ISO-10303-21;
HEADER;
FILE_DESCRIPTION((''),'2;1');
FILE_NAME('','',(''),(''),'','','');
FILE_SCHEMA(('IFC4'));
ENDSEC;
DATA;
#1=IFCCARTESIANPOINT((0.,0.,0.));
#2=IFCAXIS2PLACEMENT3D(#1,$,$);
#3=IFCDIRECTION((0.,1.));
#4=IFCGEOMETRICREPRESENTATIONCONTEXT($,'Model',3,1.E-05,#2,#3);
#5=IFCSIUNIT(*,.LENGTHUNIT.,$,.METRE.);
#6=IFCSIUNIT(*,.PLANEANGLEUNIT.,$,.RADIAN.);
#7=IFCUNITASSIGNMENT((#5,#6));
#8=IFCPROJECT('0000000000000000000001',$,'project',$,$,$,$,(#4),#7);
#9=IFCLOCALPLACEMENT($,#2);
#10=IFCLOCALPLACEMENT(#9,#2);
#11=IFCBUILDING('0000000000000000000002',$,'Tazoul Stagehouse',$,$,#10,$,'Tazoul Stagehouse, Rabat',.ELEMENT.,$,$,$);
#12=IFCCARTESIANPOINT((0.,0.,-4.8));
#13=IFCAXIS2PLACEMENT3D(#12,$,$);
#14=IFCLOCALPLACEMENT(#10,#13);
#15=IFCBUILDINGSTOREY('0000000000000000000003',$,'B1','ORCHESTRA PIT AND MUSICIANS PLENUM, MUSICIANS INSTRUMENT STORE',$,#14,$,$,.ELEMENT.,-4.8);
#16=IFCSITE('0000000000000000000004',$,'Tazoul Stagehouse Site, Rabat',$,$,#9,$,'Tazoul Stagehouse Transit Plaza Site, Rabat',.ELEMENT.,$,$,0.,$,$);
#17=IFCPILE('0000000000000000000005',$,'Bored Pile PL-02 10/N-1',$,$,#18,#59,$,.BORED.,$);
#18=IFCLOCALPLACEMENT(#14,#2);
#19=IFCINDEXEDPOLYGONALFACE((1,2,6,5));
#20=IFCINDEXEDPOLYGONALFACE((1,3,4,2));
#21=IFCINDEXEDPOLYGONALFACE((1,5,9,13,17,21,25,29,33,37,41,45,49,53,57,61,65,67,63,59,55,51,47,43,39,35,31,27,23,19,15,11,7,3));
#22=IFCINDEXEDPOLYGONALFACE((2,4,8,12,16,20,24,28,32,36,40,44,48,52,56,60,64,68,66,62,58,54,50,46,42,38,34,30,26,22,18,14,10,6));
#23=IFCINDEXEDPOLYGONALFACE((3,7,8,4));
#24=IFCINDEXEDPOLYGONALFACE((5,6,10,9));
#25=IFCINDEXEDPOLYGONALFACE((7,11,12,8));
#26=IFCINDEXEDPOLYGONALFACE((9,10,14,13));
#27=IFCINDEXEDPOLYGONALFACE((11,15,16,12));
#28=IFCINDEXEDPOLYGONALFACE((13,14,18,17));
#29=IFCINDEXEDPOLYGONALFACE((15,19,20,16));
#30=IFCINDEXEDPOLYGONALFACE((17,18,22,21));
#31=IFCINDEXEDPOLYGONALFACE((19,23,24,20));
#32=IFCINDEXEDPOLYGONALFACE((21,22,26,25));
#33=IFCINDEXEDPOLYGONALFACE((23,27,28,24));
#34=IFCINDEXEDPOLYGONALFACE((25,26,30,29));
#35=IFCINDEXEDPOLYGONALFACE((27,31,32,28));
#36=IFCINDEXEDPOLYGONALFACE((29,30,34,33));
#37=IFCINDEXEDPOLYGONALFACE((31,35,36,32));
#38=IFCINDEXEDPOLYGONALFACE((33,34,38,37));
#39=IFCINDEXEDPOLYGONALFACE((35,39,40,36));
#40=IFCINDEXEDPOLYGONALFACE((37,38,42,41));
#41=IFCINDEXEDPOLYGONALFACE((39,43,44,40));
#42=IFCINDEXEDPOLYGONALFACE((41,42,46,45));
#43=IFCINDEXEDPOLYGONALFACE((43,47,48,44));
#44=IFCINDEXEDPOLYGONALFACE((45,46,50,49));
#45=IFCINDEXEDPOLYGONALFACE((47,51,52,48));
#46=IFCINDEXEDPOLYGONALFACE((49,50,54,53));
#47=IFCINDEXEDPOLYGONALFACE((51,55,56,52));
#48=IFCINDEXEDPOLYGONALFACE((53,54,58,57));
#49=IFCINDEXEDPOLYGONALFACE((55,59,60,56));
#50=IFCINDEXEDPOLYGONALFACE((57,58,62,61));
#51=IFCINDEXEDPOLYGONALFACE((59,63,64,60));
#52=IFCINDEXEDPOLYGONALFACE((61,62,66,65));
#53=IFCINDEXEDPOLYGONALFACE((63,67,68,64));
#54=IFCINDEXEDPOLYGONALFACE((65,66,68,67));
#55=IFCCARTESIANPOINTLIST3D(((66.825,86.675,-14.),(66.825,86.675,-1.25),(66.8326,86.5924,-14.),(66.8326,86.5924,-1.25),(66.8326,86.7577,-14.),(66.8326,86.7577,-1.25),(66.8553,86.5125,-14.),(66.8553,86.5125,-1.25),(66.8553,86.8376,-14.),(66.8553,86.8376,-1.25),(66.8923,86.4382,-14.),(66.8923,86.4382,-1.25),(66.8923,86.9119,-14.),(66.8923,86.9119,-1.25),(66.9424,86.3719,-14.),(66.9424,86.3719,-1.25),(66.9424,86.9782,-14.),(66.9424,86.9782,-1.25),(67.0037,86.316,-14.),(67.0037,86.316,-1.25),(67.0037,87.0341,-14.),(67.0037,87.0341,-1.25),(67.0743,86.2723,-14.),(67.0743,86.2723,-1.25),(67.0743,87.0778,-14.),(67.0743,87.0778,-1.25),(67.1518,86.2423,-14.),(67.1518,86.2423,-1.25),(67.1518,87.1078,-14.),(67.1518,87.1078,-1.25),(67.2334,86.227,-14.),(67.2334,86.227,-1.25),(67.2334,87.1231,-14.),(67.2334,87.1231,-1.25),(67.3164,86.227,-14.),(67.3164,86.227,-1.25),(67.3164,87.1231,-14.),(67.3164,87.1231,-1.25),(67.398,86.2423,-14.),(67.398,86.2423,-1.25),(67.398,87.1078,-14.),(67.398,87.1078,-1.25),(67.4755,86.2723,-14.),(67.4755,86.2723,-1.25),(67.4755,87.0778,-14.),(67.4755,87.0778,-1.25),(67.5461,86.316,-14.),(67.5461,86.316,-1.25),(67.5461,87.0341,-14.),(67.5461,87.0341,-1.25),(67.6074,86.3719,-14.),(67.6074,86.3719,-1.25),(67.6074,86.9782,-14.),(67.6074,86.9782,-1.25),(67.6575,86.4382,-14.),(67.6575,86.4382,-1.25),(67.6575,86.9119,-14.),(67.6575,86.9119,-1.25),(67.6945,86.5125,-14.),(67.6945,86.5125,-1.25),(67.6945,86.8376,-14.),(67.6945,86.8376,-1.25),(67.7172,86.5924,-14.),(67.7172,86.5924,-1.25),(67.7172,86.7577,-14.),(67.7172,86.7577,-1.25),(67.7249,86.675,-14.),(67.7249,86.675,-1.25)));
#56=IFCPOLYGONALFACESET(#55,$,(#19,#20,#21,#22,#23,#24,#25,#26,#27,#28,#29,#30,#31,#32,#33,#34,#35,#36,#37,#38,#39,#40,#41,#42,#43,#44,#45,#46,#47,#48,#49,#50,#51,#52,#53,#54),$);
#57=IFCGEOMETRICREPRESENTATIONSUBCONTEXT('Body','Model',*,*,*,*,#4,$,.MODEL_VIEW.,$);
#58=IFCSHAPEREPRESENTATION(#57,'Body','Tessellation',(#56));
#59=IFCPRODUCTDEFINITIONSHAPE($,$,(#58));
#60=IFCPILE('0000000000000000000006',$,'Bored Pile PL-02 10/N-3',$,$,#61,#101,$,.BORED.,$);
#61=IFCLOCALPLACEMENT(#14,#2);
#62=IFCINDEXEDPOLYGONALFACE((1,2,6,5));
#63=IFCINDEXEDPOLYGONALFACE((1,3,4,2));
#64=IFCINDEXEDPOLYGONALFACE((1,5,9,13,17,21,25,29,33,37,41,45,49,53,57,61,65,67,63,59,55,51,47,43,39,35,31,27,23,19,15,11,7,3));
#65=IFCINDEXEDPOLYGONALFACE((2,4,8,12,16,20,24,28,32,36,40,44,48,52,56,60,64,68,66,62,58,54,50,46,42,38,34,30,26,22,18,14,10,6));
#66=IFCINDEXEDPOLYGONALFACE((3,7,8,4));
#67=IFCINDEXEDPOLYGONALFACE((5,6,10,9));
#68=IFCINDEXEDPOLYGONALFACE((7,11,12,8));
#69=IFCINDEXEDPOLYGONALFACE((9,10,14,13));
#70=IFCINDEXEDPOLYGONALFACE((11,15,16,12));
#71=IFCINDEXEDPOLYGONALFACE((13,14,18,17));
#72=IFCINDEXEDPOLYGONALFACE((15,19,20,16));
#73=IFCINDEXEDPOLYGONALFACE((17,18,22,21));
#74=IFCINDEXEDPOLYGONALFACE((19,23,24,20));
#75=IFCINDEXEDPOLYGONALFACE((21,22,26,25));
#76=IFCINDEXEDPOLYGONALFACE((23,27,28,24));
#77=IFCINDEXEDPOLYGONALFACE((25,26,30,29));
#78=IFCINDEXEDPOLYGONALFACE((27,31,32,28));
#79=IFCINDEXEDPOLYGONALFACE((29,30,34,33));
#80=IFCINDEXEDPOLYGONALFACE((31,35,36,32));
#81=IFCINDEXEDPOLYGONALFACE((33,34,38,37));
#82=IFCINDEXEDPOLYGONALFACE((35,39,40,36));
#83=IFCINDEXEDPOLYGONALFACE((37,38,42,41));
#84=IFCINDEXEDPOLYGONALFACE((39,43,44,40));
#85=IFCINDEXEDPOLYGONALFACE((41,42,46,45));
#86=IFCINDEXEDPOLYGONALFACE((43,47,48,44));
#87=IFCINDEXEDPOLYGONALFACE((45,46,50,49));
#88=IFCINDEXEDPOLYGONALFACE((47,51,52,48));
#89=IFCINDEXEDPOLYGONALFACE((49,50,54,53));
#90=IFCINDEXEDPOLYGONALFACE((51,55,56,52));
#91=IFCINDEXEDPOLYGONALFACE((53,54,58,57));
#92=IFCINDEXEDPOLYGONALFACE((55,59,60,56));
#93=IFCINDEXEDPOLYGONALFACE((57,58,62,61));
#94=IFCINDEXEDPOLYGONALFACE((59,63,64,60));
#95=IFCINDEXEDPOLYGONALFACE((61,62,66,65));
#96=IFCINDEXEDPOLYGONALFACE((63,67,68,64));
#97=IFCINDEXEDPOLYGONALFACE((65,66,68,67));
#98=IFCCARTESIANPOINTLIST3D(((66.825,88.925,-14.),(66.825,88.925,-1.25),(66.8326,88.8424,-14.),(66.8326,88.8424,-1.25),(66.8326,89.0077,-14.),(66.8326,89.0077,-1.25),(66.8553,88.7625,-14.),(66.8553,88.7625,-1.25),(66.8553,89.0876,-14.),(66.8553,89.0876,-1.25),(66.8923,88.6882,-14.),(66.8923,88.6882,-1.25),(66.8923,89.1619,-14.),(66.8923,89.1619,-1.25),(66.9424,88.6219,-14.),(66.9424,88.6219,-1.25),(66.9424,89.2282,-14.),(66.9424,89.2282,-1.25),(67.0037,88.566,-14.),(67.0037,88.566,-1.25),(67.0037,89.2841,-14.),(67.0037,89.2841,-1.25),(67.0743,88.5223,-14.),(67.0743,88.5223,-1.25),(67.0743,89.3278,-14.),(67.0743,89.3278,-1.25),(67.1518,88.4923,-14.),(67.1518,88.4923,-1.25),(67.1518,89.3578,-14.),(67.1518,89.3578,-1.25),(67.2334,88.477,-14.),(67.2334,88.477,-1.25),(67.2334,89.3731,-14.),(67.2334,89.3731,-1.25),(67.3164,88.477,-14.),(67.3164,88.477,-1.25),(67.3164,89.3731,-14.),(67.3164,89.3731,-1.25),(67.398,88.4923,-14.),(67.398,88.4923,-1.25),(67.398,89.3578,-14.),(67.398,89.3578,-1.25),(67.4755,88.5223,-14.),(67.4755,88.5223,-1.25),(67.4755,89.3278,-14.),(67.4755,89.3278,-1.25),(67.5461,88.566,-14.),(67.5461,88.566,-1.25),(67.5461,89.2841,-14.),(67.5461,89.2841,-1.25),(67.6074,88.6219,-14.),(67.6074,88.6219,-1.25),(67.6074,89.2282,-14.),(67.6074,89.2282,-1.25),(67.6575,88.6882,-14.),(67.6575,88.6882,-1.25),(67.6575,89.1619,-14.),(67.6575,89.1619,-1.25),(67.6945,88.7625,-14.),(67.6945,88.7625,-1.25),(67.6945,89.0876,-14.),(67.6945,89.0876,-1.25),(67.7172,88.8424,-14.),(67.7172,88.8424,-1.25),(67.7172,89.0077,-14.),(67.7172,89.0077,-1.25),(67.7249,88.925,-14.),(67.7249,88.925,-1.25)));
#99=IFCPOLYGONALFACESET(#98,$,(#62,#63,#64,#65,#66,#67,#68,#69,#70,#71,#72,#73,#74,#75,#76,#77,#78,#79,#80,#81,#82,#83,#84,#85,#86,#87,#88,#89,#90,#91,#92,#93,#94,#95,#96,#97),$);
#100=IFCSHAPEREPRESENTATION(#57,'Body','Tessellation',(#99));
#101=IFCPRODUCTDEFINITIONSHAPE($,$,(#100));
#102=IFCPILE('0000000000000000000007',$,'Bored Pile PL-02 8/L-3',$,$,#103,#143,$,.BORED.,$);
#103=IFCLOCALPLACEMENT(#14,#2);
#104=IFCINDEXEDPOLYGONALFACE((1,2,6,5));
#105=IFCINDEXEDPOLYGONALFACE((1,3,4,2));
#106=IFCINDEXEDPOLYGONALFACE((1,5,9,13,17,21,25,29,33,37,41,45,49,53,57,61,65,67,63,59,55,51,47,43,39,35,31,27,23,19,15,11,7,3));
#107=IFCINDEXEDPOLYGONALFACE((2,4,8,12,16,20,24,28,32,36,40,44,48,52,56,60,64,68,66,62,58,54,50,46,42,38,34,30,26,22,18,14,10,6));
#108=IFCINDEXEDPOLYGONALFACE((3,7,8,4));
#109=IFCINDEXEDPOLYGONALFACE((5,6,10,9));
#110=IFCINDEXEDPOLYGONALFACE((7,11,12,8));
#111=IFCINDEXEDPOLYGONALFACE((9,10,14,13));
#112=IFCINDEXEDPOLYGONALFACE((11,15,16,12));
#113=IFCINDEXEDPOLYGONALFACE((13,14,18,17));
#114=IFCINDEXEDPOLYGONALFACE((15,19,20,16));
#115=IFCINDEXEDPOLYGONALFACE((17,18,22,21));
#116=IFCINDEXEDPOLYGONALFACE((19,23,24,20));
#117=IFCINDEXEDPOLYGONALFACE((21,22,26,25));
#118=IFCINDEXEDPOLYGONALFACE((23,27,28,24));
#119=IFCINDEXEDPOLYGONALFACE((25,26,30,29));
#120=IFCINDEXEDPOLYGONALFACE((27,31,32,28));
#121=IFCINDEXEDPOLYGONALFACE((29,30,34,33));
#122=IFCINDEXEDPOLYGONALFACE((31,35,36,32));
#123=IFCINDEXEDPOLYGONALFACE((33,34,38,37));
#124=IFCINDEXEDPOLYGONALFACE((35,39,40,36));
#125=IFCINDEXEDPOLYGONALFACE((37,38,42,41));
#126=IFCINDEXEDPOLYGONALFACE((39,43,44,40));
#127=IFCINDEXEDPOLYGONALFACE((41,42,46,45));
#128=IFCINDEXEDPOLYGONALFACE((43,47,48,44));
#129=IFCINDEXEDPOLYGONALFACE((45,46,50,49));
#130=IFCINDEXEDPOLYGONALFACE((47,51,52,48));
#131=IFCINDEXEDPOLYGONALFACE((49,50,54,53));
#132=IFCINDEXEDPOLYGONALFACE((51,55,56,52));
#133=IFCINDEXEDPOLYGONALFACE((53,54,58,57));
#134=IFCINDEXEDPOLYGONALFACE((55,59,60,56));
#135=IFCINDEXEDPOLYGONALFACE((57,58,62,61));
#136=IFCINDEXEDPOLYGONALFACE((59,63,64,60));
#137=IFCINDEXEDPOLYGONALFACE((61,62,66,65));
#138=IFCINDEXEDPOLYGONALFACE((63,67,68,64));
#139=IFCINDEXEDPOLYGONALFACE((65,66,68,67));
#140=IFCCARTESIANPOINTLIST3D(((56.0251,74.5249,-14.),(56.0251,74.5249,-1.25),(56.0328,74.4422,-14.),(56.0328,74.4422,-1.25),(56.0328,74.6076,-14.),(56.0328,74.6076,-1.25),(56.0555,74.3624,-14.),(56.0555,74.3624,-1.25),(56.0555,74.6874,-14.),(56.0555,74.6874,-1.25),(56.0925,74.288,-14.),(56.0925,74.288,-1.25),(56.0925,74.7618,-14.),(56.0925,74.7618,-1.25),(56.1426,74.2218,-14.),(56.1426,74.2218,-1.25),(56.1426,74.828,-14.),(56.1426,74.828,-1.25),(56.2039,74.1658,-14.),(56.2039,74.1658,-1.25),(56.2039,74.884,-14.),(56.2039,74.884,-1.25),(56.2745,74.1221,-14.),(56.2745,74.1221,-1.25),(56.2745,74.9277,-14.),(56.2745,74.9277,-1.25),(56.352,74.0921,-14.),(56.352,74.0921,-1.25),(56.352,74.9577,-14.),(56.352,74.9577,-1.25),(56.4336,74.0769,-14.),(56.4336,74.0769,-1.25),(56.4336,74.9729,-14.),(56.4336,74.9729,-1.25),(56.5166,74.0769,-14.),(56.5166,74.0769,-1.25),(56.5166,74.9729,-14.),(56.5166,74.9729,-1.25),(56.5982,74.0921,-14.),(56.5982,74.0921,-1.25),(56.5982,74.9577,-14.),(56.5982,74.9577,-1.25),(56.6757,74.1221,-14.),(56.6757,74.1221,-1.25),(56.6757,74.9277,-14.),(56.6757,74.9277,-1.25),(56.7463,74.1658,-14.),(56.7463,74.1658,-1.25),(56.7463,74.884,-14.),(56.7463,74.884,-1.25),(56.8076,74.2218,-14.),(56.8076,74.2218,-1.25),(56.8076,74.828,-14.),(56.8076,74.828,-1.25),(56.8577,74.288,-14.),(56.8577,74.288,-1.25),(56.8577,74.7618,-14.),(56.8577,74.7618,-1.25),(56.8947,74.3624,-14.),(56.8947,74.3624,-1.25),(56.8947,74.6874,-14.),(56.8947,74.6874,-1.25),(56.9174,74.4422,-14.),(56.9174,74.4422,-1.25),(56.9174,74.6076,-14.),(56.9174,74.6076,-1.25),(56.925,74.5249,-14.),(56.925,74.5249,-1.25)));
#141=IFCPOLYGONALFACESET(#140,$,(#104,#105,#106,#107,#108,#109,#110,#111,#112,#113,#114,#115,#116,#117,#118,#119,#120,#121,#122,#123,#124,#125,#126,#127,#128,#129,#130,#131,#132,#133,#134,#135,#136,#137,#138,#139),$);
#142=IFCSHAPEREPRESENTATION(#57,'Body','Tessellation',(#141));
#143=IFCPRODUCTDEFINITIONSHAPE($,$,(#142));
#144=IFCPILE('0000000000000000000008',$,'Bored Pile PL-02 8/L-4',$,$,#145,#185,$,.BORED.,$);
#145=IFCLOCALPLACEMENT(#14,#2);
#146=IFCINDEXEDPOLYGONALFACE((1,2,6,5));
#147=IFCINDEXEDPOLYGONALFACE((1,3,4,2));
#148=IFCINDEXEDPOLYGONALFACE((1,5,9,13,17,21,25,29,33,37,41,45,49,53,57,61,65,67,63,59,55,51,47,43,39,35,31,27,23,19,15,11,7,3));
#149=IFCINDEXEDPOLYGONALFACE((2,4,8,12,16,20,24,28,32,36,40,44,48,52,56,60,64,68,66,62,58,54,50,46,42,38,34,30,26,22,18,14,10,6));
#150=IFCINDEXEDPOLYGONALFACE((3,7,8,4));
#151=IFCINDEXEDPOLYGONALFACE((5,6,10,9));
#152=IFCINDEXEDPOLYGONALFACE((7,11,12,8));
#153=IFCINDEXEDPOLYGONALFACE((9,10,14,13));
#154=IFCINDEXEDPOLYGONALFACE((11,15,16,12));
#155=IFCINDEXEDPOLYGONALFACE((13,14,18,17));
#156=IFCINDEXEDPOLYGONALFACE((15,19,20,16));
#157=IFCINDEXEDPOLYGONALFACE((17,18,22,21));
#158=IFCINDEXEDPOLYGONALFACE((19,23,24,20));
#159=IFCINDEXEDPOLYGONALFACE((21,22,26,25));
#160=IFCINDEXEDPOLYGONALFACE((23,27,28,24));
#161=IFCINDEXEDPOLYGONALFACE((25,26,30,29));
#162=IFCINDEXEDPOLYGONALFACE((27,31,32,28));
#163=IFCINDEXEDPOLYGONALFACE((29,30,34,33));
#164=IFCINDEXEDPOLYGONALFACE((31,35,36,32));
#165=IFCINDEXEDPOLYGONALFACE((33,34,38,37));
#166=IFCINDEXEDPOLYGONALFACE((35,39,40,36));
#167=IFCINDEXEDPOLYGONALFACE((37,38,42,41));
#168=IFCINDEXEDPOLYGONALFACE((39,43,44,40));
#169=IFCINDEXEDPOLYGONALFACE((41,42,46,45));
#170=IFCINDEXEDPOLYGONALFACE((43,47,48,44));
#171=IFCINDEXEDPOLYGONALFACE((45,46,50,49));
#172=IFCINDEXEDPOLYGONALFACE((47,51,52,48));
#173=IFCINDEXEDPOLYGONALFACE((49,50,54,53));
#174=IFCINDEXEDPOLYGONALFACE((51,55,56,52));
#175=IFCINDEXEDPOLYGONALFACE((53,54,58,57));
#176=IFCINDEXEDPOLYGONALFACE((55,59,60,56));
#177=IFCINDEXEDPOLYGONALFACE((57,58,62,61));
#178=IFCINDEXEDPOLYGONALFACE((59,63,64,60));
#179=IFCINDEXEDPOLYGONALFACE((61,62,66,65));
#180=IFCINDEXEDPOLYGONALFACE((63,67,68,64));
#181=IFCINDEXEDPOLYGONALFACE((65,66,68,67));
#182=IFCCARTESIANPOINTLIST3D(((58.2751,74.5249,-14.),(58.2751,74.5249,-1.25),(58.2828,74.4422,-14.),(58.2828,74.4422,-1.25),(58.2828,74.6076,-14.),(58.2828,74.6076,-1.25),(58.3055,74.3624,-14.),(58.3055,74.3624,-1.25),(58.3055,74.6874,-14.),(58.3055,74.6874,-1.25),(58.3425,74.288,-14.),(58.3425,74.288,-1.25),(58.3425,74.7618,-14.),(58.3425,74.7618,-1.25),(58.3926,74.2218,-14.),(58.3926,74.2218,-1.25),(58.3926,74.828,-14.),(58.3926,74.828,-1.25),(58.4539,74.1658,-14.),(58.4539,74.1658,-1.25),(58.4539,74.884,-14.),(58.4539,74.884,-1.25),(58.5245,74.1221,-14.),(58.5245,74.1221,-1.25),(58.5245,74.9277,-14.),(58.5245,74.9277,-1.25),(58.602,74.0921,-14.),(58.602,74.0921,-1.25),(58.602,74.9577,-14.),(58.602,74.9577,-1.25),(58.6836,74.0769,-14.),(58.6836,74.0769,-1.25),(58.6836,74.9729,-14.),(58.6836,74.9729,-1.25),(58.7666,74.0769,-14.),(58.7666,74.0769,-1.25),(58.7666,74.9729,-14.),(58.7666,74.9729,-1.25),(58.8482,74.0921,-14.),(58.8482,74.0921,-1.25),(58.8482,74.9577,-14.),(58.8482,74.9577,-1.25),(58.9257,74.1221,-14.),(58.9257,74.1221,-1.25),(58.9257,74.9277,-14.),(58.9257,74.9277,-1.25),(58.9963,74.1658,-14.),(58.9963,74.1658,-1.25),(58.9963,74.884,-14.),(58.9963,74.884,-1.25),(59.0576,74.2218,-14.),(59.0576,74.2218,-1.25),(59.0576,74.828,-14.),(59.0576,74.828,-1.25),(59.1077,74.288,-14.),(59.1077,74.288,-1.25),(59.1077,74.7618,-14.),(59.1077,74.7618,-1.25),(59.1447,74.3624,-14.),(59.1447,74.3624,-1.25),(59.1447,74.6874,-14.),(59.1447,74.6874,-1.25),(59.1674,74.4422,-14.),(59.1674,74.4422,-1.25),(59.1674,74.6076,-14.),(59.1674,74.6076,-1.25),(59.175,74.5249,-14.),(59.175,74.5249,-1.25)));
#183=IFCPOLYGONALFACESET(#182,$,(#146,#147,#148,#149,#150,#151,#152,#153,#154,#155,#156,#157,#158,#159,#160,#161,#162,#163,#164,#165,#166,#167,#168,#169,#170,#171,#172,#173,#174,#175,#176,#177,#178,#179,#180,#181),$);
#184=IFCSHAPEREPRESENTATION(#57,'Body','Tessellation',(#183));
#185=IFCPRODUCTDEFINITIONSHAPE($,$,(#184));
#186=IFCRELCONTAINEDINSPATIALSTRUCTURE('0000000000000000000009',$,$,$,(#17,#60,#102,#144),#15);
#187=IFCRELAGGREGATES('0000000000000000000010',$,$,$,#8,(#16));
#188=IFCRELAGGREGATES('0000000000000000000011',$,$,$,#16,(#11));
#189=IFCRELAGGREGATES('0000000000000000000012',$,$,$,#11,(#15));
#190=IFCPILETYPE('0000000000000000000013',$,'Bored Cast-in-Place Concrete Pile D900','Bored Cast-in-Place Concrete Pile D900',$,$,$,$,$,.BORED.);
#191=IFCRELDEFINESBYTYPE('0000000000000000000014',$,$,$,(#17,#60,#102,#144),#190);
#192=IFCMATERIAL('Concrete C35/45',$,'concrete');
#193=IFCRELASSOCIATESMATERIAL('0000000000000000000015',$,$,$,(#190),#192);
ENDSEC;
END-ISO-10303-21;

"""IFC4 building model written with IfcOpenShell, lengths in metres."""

from ifc_helpers import new_model, si_unit, direction, frame, origin, origin_2d, place, context, subcontext, project, spatial, circle, extrude, material, material_profile, profile_set, type_object, element, save


model = new_model("IFC4")

# Units and contexts
model_context = context("Model", 3, precision=1e-05, world=origin(), true_north=direction((0.0, 1.0)))
body_context = subcontext(model_context, "Body", "Model", "MODEL_VIEW")
ifc_project = project(units=[si_unit("LENGTHUNIT", "METRE"), si_unit("PLANEANGLEUNIT", "RADIAN")], contexts=[model_context])

# Site, building, storey
site_placement = place(None, origin())
site = spatial("IfcSite", under=ifc_project, at=site_placement, Name="Tazoul Stagehouse Site, Rabat", LongName="Tazoul Stagehouse Transit Plaza Site, Rabat", CompositionType="ELEMENT", RefElevation=0.0)
building_placement = place(site_placement, origin())
building = spatial("IfcBuilding", under=site, at=building_placement, Name="Tazoul Stagehouse", LongName="Tazoul Stagehouse, Rabat", CompositionType="ELEMENT")
storey_placement = place(building_placement, frame((0.0, 0.0, -4.8)))
storey = spatial("IfcBuildingStorey", under=building, at=storey_placement, Name="B1", Description="ORCHESTRA PIT AND MUSICIANS PLENUM, MUSICIANS INSTRUMENT STORE", CompositionType="ELEMENT", Elevation=-4.8)

# Piles
ifc_material_1 = material(Name="Concrete C35/45", Category="concrete")
ifc_material_profile_1 = material_profile(ifc_material_1, circle(Radius=0.45, at=origin_2d()), Name="BORED PILE 900")
ifc_profile_set_1 = profile_set([ifc_material_profile_1], Name="Concrete C35/45")
pile_type = type_object("IfcPileType", Name="Bored Cast-in-Place Concrete Pile D900", Description="Bored Cast-in-Place Concrete Pile D900", PredefinedType="BORED", material=ifc_profile_set_1)
for number, where, z_axis, x_axis, name in (
    (1, (67.2749, 86.675, -1.25), (0.0, 0.0, -1.0), (1.0, 0.0, 0.0), "Bored Pile PL-02 10/N-1"),
    (2, (67.2749, 88.925, -1.25), (0.0, 0.0, -1.0), (1.0, 0.0, 0.0), "Bored Pile PL-02 10/N-3"),
    (3, (56.4751, 74.5249, -1.25), (0.0, 0.0, -1.0), (1.0, 0.0, 0.0), "Bored Pile PL-02 8/L-3"),
    (4, (58.7251, 74.5249, -1.25), (0.0, 0.0, -1.0), (1.0, 0.0, 0.0), "Bored Pile PL-02 8/L-4"),
):
    element("IfcPile", number, at=place(storey_placement, frame(where, z_axis=z_axis, x_axis=x_axis)), inside=storey, type_object=pile_type, Name=name, PredefinedType="BORED", context=body_context, shape_type="SweptSolid", body=[
        extrude(circle(Radius=0.45, at=origin_2d()), origin(), (0.0, 0.0, 1.0), 12.75),
    ])

save(model, "model.ifc")
